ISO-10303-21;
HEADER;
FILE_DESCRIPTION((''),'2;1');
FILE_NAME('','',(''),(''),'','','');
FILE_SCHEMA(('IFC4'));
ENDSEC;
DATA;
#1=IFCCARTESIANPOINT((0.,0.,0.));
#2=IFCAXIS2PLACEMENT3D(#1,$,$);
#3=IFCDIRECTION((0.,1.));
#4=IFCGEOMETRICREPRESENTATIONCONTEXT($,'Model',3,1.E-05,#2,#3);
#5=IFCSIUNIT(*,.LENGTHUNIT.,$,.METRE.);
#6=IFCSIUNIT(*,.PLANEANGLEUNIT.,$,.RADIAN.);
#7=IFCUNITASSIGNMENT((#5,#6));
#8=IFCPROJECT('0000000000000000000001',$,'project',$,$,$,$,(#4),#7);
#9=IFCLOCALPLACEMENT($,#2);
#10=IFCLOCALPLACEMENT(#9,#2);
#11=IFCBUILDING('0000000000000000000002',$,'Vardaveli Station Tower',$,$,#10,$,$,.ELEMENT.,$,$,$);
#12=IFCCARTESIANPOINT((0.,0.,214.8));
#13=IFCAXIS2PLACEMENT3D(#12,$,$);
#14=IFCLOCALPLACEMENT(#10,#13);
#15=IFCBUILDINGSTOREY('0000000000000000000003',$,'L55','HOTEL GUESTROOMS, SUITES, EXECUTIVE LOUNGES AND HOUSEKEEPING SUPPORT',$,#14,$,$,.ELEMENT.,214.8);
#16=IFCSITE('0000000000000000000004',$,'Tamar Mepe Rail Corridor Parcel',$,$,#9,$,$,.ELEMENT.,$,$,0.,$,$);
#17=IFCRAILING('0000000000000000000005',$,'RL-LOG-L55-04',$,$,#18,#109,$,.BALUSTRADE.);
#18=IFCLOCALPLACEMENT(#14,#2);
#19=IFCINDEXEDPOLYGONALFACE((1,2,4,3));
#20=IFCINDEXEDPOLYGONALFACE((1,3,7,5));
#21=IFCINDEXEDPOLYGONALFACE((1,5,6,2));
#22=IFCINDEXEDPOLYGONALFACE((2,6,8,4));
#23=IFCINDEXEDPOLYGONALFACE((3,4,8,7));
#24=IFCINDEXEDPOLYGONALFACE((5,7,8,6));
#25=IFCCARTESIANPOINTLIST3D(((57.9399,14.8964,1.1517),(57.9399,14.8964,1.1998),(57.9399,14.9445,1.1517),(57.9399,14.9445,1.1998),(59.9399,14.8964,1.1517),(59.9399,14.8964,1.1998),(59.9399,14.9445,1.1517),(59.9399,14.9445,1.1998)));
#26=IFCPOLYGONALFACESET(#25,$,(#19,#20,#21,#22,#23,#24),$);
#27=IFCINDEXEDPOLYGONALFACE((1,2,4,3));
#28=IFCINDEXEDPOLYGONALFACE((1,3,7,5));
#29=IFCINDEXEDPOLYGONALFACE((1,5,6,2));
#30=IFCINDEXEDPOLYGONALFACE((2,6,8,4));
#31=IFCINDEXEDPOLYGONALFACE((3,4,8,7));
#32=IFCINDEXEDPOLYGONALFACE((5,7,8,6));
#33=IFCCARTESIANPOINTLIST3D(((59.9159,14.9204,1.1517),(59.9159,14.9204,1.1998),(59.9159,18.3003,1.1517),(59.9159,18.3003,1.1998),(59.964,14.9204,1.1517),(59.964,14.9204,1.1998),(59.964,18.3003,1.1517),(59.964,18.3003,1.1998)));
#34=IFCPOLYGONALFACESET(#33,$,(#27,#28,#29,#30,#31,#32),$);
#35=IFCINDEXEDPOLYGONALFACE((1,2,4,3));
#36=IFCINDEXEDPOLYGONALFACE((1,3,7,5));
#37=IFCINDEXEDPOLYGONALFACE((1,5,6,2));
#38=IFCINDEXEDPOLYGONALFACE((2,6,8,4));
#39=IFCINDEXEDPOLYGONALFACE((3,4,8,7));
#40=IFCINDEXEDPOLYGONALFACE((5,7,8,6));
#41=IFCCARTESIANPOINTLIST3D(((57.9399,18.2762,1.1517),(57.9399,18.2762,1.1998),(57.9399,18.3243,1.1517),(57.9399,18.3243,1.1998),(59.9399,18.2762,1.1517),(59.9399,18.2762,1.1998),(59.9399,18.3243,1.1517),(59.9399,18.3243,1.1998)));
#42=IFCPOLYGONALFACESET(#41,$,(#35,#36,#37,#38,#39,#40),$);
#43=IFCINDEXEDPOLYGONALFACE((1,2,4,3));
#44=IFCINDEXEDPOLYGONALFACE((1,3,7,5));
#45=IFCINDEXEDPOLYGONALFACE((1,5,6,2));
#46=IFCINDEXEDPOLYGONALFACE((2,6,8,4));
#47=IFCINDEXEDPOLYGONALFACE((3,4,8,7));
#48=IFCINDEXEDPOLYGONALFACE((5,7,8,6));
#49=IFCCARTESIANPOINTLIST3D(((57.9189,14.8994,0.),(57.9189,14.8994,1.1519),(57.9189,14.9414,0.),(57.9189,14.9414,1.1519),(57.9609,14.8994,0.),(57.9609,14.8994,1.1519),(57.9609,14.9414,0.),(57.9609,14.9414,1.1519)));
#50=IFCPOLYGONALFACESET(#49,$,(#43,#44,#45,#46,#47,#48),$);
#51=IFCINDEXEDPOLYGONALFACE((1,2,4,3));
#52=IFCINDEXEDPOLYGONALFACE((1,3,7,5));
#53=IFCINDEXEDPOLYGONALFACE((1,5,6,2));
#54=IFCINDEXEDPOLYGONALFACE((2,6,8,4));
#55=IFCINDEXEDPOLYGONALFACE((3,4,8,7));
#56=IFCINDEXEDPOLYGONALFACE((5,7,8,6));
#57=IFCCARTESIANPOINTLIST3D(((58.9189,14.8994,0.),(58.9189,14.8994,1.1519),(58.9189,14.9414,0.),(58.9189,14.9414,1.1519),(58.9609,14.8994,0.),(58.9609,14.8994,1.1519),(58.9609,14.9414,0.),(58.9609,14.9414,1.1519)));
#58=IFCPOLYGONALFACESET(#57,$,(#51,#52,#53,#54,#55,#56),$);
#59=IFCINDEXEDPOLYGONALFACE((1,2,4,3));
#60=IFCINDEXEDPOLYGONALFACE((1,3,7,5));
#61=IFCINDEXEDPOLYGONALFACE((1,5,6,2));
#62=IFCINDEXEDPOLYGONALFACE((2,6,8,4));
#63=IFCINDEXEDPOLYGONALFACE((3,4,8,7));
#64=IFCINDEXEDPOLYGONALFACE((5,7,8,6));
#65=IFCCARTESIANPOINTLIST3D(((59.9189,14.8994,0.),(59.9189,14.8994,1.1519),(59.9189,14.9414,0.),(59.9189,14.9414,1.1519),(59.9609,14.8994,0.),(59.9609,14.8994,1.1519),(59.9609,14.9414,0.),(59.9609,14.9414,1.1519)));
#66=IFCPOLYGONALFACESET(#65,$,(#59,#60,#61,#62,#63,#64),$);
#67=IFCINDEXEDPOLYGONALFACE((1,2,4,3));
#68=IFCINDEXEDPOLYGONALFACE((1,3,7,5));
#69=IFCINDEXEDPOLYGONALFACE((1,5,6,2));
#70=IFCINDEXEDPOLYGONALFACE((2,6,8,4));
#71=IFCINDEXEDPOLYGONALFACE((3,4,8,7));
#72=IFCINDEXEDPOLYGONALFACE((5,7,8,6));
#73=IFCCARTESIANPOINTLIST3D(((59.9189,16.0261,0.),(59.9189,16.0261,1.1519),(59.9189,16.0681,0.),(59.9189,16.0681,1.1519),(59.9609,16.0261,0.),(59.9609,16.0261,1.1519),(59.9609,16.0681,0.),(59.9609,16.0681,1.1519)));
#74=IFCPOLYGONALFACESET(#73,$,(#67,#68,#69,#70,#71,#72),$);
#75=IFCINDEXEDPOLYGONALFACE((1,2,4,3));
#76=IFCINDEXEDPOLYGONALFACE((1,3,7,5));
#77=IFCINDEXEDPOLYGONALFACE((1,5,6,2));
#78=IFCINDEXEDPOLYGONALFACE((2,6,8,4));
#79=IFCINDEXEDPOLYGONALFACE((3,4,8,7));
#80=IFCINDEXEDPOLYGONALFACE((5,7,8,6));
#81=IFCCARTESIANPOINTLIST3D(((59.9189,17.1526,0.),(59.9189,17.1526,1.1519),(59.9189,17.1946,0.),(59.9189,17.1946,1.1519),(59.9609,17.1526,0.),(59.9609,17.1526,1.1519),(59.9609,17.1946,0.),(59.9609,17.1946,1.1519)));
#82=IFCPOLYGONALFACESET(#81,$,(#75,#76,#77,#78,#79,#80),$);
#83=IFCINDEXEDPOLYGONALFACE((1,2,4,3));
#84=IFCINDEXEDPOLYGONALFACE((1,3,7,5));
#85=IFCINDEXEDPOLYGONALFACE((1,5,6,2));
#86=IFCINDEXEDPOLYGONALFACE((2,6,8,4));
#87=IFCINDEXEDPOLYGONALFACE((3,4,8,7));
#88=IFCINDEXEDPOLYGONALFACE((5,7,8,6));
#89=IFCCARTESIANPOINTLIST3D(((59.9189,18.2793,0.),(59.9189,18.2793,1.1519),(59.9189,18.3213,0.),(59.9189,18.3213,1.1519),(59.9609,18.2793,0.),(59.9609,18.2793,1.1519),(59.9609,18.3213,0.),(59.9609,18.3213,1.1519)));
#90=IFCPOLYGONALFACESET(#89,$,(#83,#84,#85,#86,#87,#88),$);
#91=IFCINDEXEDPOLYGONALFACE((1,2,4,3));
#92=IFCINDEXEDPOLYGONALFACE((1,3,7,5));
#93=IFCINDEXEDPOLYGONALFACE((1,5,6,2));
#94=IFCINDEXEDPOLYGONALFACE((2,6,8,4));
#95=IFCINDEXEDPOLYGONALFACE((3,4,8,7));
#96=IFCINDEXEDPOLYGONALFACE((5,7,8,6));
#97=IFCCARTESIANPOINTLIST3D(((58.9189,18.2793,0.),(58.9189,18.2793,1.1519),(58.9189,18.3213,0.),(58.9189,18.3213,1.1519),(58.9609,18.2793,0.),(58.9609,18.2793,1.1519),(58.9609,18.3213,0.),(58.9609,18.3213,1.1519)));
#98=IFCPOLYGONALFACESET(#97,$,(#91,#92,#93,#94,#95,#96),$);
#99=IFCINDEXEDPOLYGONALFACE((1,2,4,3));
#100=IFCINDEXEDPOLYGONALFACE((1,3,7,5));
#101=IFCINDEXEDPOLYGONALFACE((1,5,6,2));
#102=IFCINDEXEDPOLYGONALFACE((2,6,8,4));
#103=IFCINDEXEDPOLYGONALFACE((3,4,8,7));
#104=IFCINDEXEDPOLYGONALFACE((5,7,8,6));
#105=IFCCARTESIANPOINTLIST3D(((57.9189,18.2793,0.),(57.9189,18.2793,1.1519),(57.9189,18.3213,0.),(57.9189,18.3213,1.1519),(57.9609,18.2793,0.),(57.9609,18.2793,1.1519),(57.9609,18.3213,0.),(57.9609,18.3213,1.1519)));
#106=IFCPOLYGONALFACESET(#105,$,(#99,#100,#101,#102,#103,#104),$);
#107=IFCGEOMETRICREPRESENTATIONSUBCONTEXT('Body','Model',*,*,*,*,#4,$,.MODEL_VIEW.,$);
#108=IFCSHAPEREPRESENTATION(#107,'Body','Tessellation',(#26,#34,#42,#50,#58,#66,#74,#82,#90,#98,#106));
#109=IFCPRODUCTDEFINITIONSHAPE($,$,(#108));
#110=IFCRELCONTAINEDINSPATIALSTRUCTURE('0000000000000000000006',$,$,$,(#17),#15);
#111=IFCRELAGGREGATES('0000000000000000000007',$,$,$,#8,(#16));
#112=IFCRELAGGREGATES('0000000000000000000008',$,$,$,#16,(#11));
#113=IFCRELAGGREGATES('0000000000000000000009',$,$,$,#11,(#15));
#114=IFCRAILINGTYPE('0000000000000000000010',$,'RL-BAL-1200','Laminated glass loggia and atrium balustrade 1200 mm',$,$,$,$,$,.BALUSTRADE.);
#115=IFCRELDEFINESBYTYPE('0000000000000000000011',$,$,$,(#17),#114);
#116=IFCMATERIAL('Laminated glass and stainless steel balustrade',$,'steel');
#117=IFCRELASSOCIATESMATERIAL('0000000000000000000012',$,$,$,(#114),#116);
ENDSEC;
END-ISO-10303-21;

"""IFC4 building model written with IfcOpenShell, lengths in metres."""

from ifc_helpers import new_model, si_unit, direction, frame, origin, origin_2d, place, context, subcontext, project, spatial, rectangle, extrude, source, transform, mapped, material, type_object, element, save


model = new_model("IFC4")

# Units and contexts
model_context = context("Model", 3, precision=1e-05, world=origin(), true_north=direction((0.0, 1.0)))
body_context = subcontext(model_context, "Body", "Model", "MODEL_VIEW")
ifc_project = project(units=[si_unit("LENGTHUNIT", "METRE"), si_unit("PLANEANGLEUNIT", "RADIAN")], contexts=[model_context])

# Site, building, storey
site_placement = place(None, origin())
site = spatial("IfcSite", under=ifc_project, at=site_placement, Name="Tamar Mepe Rail Corridor Parcel", CompositionType="ELEMENT", RefElevation=0.0)
building_placement = place(site_placement, origin())
building = spatial("IfcBuilding", under=site, at=building_placement, Name="Vardaveli Station Tower", CompositionType="ELEMENT")
storey_placement = place(building_placement, frame((0.0, 0.0, 214.8)))
storey = spatial("IfcBuildingStorey", under=building, at=storey_placement, Name="L55", Description="HOTEL GUESTROOMS, SUITES, EXECUTIVE LOUNGES AND HOUSEKEEPING SUPPORT", CompositionType="ELEMENT", Elevation=214.8)

# Railing
ifc_material_1 = material(Name="Laminated glass and stainless steel balustrade", Category="steel")
railing_type = type_object("IfcRailingType", Name="RL-BAL-1200", Description="Laminated glass loggia and atrium balustrade 1200 mm", PredefinedType="BALUSTRADE", material=ifc_material_1)
shared_shape_1 = source(origin(), body_context, "Body", "SweptSolid", [
    extrude(rectangle(XDim=0.0481, YDim=0.0481, at=origin_2d()), frame((0.0, 0.0, 1.1758), z_axis=(1.0, 0.0, 0.0), x_axis=(0.0, 1.0, 0.0)), (0.0, 0.0, 1.0), 2.0),
    extrude(rectangle(XDim=0.0481, YDim=0.0481, at=origin_2d()), frame((2.0, 0.0, 1.1758), z_axis=(0.0, 1.0, 0.0), x_axis=(-1.0, 0.0, 0.0)), (0.0, 0.0, 1.0), 3.3799),
    extrude(rectangle(XDim=0.0481, YDim=0.0481, at=origin_2d()), frame((2.0, 3.3799, 1.1758), z_axis=(-1.0, 0.0, 0.0), x_axis=(0.0, -1.0, 0.0)), (0.0, 0.0, 1.0), 2.0),
    extrude(rectangle(XDim=0.042, YDim=0.042, at=origin_2d()), origin(), (0.0, 0.0, 1.0), 1.1519),
    extrude(rectangle(XDim=0.042, YDim=0.042, at=origin_2d()), frame((1.0, 0.0, 0.0)), (0.0, 0.0, 1.0), 1.1519),
    extrude(rectangle(XDim=0.042, YDim=0.042, at=origin_2d()), frame((2.0, 0.0, 0.0)), (0.0, 0.0, 1.0), 1.1519),
    extrude(rectangle(XDim=0.042, YDim=0.042, at=origin_2d()), frame((2.0, 1.1267, 0.0)), (0.0, 0.0, 1.0), 1.1519),
    extrude(rectangle(XDim=0.042, YDim=0.042, at=origin_2d()), frame((2.0, 2.2532, 0.0)), (0.0, 0.0, 1.0), 1.1519),
    extrude(rectangle(XDim=0.042, YDim=0.042, at=origin_2d()), frame((2.0, 3.3799, 0.0)), (0.0, 0.0, 1.0), 1.1519),
    extrude(rectangle(XDim=0.042, YDim=0.042, at=origin_2d()), frame((1.0, 3.3799, 0.0)), (0.0, 0.0, 1.0), 1.1519),
    extrude(rectangle(XDim=0.042, YDim=0.042, at=origin_2d()), frame((0.0, 3.3799, 0.0)), (0.0, 0.0, 1.0), 1.1519),
])
railing_placement = place(storey_placement, frame((57.9399, 14.9204, 0.0)))
element("IfcRailing", 1, at=railing_placement, inside=storey, type_object=railing_type, Name="RL-LOG-L55-04", PredefinedType="BALUSTRADE", context=body_context, shape_type="MappedRepresentation", body=[
    mapped(shared_shape_1, transform((0.0, 0.0, 0.0), scale=1.0)),
])

save(model, "model.ifc")
